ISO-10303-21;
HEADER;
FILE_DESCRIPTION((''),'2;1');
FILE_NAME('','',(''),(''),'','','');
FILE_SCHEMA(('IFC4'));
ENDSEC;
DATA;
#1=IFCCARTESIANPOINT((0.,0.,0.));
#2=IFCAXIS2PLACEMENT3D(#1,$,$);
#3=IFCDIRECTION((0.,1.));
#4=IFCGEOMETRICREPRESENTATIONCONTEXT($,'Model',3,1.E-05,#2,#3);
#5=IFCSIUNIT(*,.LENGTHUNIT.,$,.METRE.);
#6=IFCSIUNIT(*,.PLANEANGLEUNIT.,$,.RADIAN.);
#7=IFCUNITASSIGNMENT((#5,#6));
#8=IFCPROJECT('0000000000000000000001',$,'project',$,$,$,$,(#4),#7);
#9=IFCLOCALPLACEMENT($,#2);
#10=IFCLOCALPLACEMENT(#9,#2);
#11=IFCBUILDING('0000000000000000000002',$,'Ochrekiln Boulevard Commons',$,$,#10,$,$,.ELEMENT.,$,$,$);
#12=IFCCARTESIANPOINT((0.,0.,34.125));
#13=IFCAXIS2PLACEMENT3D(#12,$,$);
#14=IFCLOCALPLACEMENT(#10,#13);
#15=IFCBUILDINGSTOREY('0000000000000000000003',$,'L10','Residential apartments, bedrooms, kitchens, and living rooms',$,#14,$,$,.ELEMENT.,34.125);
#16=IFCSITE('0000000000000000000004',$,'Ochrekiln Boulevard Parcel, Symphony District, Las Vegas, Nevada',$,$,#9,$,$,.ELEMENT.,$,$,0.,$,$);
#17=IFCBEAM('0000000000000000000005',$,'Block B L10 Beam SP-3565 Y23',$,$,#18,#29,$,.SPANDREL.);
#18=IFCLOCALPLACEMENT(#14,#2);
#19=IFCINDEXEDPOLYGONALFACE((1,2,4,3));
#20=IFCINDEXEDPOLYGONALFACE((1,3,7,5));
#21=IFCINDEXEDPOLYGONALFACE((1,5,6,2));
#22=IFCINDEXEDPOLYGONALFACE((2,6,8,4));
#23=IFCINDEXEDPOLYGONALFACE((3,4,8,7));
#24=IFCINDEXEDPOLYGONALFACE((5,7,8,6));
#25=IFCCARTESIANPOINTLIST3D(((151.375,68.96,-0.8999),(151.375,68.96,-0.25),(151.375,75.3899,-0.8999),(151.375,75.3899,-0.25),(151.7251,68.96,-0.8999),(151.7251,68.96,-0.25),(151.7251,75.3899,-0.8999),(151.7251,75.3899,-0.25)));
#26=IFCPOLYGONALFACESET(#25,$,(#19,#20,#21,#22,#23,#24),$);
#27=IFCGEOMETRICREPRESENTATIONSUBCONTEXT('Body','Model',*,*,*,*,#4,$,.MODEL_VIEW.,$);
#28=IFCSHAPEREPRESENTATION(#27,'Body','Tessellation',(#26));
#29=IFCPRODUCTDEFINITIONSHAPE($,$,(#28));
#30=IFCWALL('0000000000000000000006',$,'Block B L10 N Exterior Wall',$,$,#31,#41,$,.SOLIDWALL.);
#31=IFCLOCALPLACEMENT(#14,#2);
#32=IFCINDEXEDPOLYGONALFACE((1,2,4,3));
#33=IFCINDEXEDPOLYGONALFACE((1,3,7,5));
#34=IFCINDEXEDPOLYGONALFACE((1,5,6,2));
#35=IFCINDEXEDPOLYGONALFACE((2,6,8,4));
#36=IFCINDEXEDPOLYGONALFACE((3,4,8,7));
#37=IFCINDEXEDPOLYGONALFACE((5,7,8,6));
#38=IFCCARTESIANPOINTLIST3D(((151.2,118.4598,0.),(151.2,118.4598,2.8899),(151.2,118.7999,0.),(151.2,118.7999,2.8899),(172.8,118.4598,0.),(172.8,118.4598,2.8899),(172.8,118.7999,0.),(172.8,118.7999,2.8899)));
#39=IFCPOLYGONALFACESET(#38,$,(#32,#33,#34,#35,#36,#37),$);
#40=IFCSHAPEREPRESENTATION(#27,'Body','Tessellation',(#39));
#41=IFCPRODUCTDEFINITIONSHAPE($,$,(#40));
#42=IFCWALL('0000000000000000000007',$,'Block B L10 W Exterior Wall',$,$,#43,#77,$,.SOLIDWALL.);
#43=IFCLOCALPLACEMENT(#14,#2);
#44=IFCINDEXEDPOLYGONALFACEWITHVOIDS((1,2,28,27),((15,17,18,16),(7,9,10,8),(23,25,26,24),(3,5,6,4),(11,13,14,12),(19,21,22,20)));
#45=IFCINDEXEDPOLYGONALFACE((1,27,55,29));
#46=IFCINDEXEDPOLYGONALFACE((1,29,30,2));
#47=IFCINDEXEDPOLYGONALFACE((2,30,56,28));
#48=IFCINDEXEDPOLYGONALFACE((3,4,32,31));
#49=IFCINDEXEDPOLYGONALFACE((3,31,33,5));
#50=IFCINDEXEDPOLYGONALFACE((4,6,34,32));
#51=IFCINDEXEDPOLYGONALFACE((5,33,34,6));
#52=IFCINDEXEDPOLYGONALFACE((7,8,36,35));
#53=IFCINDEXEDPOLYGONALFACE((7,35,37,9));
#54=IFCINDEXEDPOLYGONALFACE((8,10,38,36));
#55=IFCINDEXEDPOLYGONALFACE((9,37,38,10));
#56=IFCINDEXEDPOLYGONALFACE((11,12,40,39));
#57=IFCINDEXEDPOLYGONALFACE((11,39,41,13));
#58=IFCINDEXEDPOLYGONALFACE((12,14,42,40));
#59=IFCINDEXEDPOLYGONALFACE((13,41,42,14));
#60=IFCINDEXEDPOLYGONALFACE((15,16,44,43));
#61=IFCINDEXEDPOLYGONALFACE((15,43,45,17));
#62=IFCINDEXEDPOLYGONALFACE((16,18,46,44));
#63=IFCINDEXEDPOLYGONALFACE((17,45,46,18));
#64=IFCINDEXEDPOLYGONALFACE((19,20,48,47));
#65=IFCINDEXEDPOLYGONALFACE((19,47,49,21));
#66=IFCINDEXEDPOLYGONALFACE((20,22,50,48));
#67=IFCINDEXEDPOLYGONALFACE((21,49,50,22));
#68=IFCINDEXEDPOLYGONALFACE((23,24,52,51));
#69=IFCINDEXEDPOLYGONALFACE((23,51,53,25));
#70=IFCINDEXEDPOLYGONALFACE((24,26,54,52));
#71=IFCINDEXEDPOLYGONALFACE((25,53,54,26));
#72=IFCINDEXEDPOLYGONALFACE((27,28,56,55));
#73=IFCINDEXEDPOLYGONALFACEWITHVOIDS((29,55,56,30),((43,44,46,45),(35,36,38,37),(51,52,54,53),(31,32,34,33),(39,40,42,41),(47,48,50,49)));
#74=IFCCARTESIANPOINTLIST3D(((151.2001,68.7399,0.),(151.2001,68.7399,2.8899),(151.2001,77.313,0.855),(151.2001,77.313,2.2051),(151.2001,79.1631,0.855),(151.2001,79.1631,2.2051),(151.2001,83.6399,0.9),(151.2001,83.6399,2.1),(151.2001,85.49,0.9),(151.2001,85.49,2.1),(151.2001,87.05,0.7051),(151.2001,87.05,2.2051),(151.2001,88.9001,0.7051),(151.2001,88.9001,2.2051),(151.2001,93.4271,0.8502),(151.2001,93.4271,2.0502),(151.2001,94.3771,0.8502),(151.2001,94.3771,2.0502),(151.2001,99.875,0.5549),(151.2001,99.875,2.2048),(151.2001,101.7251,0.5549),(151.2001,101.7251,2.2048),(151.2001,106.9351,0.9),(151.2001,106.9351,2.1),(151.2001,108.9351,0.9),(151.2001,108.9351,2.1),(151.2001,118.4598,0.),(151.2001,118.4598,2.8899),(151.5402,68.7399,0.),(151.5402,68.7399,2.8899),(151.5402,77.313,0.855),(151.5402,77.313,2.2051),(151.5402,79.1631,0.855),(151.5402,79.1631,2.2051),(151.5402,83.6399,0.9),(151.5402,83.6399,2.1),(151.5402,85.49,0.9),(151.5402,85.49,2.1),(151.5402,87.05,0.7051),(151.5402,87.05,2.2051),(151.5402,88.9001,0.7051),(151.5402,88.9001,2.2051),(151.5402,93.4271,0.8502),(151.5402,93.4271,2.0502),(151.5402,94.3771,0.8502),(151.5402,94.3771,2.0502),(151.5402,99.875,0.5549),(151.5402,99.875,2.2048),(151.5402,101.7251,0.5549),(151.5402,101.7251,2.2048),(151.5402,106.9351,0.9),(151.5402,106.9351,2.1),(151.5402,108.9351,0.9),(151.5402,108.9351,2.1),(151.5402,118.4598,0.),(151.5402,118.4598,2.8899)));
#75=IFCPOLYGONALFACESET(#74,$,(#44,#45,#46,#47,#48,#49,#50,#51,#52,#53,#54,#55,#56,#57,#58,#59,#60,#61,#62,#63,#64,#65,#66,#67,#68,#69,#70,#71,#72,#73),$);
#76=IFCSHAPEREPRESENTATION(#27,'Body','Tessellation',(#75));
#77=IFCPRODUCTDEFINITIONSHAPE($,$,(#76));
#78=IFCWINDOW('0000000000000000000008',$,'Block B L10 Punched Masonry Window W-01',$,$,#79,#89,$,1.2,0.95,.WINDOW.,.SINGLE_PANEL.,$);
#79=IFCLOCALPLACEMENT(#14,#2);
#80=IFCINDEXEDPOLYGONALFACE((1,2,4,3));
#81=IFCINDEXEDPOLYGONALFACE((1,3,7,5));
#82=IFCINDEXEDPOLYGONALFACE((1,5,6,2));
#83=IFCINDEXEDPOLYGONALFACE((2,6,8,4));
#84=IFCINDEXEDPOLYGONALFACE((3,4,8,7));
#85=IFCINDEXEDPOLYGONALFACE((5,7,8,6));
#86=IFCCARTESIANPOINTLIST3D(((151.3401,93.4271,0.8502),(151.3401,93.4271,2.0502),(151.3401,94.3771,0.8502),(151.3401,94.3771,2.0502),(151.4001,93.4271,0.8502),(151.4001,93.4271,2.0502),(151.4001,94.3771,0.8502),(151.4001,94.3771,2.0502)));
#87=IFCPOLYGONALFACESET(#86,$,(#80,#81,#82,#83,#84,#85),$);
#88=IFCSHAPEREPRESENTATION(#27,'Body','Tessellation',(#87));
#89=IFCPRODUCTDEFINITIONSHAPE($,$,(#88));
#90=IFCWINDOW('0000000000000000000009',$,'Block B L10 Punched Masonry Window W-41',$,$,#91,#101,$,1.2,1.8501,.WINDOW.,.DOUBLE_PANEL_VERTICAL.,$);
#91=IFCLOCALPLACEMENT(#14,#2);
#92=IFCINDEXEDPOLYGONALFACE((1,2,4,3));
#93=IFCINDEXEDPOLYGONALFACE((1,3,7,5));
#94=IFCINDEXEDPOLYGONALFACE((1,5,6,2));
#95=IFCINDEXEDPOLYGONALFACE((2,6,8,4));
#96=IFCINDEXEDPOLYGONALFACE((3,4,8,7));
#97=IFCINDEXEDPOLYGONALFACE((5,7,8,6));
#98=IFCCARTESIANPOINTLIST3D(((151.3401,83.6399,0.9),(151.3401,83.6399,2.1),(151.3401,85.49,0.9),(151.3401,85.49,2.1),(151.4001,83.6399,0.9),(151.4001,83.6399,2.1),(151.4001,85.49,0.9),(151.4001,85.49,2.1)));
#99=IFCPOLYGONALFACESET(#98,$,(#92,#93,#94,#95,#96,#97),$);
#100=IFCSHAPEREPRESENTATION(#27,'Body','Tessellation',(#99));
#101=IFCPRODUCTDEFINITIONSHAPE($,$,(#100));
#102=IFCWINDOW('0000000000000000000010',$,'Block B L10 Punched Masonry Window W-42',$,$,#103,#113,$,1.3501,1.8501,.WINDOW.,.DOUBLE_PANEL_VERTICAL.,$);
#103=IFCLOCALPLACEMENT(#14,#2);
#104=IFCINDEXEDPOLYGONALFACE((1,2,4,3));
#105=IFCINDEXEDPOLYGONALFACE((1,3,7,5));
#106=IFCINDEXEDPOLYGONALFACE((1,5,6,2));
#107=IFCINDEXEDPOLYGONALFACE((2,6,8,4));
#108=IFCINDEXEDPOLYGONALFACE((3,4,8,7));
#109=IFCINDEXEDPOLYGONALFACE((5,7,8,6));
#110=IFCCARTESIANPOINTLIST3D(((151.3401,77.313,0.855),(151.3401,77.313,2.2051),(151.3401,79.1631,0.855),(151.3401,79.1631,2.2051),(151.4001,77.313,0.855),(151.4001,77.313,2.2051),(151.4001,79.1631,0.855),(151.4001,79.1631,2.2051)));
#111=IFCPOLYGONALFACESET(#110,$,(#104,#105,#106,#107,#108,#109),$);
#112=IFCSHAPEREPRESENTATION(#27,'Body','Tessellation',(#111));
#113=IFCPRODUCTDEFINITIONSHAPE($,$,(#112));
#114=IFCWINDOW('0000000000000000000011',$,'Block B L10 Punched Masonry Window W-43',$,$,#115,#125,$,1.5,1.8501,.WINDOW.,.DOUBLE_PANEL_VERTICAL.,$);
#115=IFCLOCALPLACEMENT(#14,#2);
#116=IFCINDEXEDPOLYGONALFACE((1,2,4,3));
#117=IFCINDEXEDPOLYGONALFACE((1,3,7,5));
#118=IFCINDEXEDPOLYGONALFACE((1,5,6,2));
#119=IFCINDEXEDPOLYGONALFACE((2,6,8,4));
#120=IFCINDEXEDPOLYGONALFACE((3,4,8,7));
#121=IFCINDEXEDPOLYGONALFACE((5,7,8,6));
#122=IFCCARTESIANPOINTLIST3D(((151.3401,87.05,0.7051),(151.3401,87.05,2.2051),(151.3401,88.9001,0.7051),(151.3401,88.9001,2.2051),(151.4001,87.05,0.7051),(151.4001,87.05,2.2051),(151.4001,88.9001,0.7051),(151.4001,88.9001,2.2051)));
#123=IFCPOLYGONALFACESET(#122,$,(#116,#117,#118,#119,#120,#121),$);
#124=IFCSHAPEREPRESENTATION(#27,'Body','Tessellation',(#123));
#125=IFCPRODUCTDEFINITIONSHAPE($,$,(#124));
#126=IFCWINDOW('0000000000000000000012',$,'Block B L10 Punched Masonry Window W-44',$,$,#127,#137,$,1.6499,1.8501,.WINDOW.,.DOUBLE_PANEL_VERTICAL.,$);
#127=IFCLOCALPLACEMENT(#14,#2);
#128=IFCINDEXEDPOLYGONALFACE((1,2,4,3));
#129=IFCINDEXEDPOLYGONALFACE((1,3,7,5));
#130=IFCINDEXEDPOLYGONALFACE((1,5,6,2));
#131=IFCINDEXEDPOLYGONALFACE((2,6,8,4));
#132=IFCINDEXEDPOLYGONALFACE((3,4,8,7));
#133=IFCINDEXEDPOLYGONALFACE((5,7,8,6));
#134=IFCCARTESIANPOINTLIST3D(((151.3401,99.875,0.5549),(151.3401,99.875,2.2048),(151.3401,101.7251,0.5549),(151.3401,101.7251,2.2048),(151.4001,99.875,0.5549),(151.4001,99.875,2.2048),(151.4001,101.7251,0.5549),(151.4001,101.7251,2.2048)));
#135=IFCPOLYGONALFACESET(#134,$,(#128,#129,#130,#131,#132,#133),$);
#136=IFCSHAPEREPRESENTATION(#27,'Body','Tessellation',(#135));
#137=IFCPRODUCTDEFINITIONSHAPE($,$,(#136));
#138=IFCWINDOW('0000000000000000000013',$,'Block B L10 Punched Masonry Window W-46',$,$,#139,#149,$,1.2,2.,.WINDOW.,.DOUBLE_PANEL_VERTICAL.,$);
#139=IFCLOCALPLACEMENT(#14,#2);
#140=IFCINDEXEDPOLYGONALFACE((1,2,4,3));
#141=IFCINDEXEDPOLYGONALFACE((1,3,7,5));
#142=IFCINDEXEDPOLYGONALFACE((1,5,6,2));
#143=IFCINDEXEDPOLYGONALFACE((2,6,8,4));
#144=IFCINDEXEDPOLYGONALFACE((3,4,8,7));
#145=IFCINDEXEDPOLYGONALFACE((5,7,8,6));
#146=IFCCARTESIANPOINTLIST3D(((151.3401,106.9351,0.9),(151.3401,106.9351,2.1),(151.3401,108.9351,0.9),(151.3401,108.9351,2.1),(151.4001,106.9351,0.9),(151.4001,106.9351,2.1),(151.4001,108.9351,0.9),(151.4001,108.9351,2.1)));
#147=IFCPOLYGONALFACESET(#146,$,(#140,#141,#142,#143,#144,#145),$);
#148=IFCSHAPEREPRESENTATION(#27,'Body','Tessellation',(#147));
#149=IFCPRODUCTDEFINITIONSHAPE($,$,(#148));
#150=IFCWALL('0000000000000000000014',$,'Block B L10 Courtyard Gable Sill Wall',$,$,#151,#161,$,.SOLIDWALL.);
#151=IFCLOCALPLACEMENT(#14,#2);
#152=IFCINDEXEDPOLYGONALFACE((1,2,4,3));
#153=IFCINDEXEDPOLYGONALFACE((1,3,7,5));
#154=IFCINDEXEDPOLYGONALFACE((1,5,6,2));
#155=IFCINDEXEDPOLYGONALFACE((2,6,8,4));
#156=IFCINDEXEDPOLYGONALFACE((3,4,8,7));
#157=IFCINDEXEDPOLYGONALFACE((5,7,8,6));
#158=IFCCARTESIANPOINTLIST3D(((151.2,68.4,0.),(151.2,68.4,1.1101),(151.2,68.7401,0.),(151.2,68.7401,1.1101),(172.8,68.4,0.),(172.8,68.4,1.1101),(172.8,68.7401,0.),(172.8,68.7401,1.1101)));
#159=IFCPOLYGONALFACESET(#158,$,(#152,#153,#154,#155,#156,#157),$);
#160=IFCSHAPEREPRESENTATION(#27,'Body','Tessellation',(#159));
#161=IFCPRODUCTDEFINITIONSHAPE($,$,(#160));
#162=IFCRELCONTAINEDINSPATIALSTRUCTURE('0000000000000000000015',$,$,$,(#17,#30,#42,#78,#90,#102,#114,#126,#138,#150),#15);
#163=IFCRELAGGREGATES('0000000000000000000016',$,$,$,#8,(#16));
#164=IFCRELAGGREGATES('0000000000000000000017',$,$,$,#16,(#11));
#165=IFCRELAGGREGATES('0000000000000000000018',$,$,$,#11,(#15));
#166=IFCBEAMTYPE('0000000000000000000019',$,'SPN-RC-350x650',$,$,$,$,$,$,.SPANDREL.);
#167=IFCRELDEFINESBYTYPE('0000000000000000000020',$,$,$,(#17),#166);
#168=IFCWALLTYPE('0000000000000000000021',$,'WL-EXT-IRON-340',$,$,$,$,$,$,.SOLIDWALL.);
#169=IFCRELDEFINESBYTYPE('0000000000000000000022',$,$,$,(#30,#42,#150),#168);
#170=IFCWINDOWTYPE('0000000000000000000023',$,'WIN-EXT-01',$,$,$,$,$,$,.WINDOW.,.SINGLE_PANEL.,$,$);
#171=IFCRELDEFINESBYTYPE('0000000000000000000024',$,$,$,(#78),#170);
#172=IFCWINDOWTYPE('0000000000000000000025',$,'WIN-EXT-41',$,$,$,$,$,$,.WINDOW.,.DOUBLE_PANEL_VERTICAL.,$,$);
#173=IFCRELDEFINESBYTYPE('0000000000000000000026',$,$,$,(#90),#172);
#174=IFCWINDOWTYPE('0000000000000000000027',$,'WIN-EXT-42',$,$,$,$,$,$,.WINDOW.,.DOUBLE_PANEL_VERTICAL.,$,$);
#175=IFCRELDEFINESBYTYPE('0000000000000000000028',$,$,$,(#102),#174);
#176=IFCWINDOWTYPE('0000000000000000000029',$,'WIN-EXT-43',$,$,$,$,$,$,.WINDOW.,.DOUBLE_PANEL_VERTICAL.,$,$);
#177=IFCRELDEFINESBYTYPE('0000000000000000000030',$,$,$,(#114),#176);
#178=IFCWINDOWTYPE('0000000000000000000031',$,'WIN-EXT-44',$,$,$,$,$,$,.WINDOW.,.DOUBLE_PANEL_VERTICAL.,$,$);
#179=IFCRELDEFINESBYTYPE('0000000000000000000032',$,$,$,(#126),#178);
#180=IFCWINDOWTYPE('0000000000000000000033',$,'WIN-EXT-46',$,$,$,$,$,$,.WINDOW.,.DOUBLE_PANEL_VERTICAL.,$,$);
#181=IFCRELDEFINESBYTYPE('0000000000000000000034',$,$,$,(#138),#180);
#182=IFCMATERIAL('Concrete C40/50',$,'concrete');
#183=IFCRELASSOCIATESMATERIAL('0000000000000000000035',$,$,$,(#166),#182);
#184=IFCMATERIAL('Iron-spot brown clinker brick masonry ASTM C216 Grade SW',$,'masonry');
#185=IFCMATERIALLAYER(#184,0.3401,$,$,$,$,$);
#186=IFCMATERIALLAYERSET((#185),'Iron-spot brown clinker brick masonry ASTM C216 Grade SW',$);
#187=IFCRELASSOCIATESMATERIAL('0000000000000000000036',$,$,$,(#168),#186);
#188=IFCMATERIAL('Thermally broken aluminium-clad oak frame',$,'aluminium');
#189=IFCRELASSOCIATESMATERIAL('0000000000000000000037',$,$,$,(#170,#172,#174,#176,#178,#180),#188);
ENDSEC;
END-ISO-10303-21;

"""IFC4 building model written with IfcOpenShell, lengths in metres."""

from ifc_helpers import new_model, si_unit, direction, frame, frame_2d, origin, origin_2d, place, context, subcontext, project, spatial, rectangle, extrude, material, layer, layer_set, material_profile, profile_set, type_object, element, fill, save


model = new_model("IFC4")

# Units and contexts
model_context = context("Model", 3, precision=1e-05, world=origin(), true_north=direction((0.0, 1.0)))
body_context = subcontext(model_context, "Body", "Model", "MODEL_VIEW")
ifc_project = project(units=[si_unit("LENGTHUNIT", "METRE"), si_unit("PLANEANGLEUNIT", "RADIAN")], contexts=[model_context])

# Site, building, storey
site_placement = place(None, origin())
site = spatial("IfcSite", under=ifc_project, at=site_placement, Name="Ochrekiln Boulevard Parcel, Symphony District, Las Vegas, Nevada", CompositionType="ELEMENT", RefElevation=0.0)
building_placement = place(site_placement, origin())
building = spatial("IfcBuilding", under=site, at=building_placement, Name="Ochrekiln Boulevard Commons", CompositionType="ELEMENT")
storey_placement = place(building_placement, frame((0.0, 0.0, 34.125)))
storey = spatial("IfcBuildingStorey", under=building, at=storey_placement, Name="L10", Description="Residential apartments, bedrooms, kitchens, and living rooms", CompositionType="ELEMENT", Elevation=34.125)

# Beam
ifc_material_1 = material(Name="Concrete C40/50", Category="concrete")
ifc_material_profile = material_profile(ifc_material_1, rectangle(XDim=0.3501, YDim=0.6499, at=origin_2d()), Name="RC-SPN-350x650")
ifc_profile_set = profile_set([ifc_material_profile], Name="Concrete C40/50")
beam_type = type_object("IfcBeamType", Name="SPN-RC-350x650", PredefinedType="SPANDREL", material=ifc_profile_set)
beam_placement = place(storey_placement, frame((151.55, 68.96, -0.575), z_axis=(0.0, 1.0, 0.0), x_axis=(-1.0, 0.0, 0.0)))
element("IfcBeam", 1, at=beam_placement, inside=storey, type_object=beam_type, Name="Block B L10 Beam SP-3565 Y23", PredefinedType="SPANDREL", context=body_context, shape_type="SweptSolid", body=[
    extrude(rectangle(XDim=0.3501, YDim=0.6499, at=origin_2d()), origin(), (0.0, 0.0, 1.0), 6.4299),
])

# Wall
ifc_material_2 = material(Name="Iron-spot brown clinker brick masonry ASTM C216 Grade SW", Category="masonry")
ifc_layer_1 = layer(ifc_material_2, 0.3401)
ifc_layer_set_1 = layer_set([ifc_layer_1], Name="Iron-spot brown clinker brick masonry ASTM C216 Grade SW")
wall_type_1 = type_object("IfcWallType", Name="WL-EXT-IRON-340", PredefinedType="SOLIDWALL", material=ifc_layer_set_1)
wall_1_placement = place(storey_placement, frame((151.2, 118.6299, 0.0), z_axis=(0.0, 0.0, 1.0), x_axis=(1.0, 0.0, 0.0)))
element("IfcWall", 2, at=wall_1_placement, inside=storey, type_object=wall_type_1, Name="Block B L10 N Exterior Wall", PredefinedType="SOLIDWALL", context=body_context, shape_type="SweptSolid", body=[
    extrude(rectangle(XDim=21.6001, YDim=0.3401, at=frame_2d((10.8, 0.0))), origin(), (0.0, 0.0, 1.0), 2.8899),
])

# Wall, openings, windows
wall_2_placement = place(storey_placement, frame((151.3701, 68.74, 0.0), z_axis=(0.0, 0.0, 1.0), x_axis=(0.0, 1.0, 0.0)))
wall_2 = element("IfcWall", 3, at=wall_2_placement, inside=storey, type_object=wall_type_1, Name="Block B L10 W Exterior Wall", PredefinedType="SOLIDWALL", context=body_context, shape_type="SweptSolid", body=[
    extrude(rectangle(XDim=49.72, YDim=0.3401, at=frame_2d((24.8599, 0.0))), origin(), (0.0, 0.0, 1.0), 2.8899),
])
opening_1_placement = place(wall_2_placement, frame((14.8999, 0.0, 0.8999)))
opening_1 = element("IfcOpeningElement", 4, at=opening_1_placement, cuts=wall_2, PredefinedType="OPENING", context=body_context, shape_type="SweptSolid", body=[
    extrude(rectangle(XDim=1.8501, YDim=1.2, at=frame_2d((0.925, 0.6001))), frame((0.0, 0.1799, 0.0), z_axis=(0.0, -1.0, 0.0), x_axis=(1.0, 0.0, 0.0)), (0.0, 0.0, 1.0), 0.3601),
])
opening_2_placement = place(wall_2_placement, frame((8.573, 0.0, 0.855)))
opening_2 = element("IfcOpeningElement", 5, at=opening_2_placement, cuts=wall_2, PredefinedType="OPENING", context=body_context, shape_type="SweptSolid", body=[
    extrude(rectangle(XDim=1.8501, YDim=1.3501, at=frame_2d((0.925, 0.675))), frame((0.0, 0.1799, 0.0), z_axis=(0.0, -1.0, 0.0), x_axis=(1.0, 0.0, 0.0)), (0.0, 0.0, 1.0), 0.3601),
])
opening_3_placement = place(wall_2_placement, frame((18.3101, 0.0, 0.7051)))
opening_3 = element("IfcOpeningElement", 6, at=opening_3_placement, cuts=wall_2, PredefinedType="OPENING", context=body_context, shape_type="SweptSolid", body=[
    extrude(rectangle(XDim=1.8501, YDim=1.5, at=frame_2d((0.925, 0.75))), frame((0.0, 0.1799, 0.0), z_axis=(0.0, -1.0, 0.0), x_axis=(1.0, 0.0, 0.0)), (0.0, 0.0, 1.0), 0.3601),
])
opening_4_placement = place(wall_2_placement, frame((31.135, 0.0, 0.5549)))
opening_4 = element("IfcOpeningElement", 7, at=opening_4_placement, cuts=wall_2, PredefinedType="OPENING", context=body_context, shape_type="SweptSolid", body=[
    extrude(rectangle(XDim=1.8501, YDim=1.6499, at=frame_2d((0.925, 0.825))), frame((0.0, 0.1799, 0.0), z_axis=(0.0, -1.0, 0.0), x_axis=(1.0, 0.0, 0.0)), (0.0, 0.0, 1.0), 0.3601),
])
opening_5_placement = place(wall_2_placement, frame((24.687, 0.0, 0.8501)))
opening_5 = element("IfcOpeningElement", 8, at=opening_5_placement, cuts=wall_2, PredefinedType="OPENING", context=body_context, shape_type="SweptSolid", body=[
    extrude(rectangle(XDim=0.95, YDim=1.2, at=frame_2d((0.4751, 0.6001))), frame((0.0, 0.1799, 0.0), z_axis=(0.0, -1.0, 0.0), x_axis=(1.0, 0.0, 0.0)), (0.0, 0.0, 1.0), 0.3601),
])
opening_6_placement = place(wall_2_placement, frame((38.1951, 0.0, 0.8999)))
opening_6 = element("IfcOpeningElement", 9, at=opening_6_placement, cuts=wall_2, PredefinedType="OPENING", context=body_context, shape_type="SweptSolid", body=[
    extrude(rectangle(XDim=2.0, YDim=1.2, at=frame_2d((1.0, 0.6001))), frame((0.0, 0.1799, 0.0), z_axis=(0.0, -1.0, 0.0), x_axis=(1.0, 0.0, 0.0)), (0.0, 0.0, 1.0), 0.3601),
])
ifc_material_3 = material(Name="Thermally broken aluminium-clad oak frame", Category="aluminium")
window_type_1 = type_object("IfcWindowType", Name="WIN-EXT-01", PartitioningType="SINGLE_PANEL", PredefinedType="WINDOW", material=ifc_material_3)
window_1_placement = place(opening_5_placement, origin())
window_1 = element("IfcWindow", 10, at=window_1_placement, inside=storey, type_object=window_type_1, Name="Block B L10 Punched Masonry Window W-01", OverallHeight=1.2, OverallWidth=0.95, PartitioningType="SINGLE_PANEL", PredefinedType="WINDOW", context=body_context, shape_type="SweptSolid", body=[
    extrude(rectangle(XDim=0.95, YDim=1.2, at=frame_2d((0.4751, 0.6001))), frame((0.0, 0.03, 0.0), z_axis=(0.0, -1.0, 0.0), x_axis=(1.0, 0.0, 0.0)), (0.0, 0.0, 1.0), 0.0601),
])
fill(opening_5, window_1)
window_type_2 = type_object("IfcWindowType", Name="WIN-EXT-41", PartitioningType="DOUBLE_PANEL_VERTICAL", PredefinedType="WINDOW", material=ifc_material_3)
window_2_placement = place(opening_1_placement, origin())
window_2 = element("IfcWindow", 11, at=window_2_placement, inside=storey, type_object=window_type_2, Name="Block B L10 Punched Masonry Window W-41", OverallHeight=1.2, OverallWidth=1.8501, PartitioningType="DOUBLE_PANEL_VERTICAL", PredefinedType="WINDOW", context=body_context, shape_type="SweptSolid", body=[
    extrude(rectangle(XDim=1.8501, YDim=1.2, at=frame_2d((0.925, 0.6001))), frame((0.0, 0.03, 0.0), z_axis=(0.0, -1.0, 0.0), x_axis=(1.0, 0.0, 0.0)), (0.0, 0.0, 1.0), 0.0601),
])
fill(opening_1, window_2)
window_type_3 = type_object("IfcWindowType", Name="WIN-EXT-42", PartitioningType="DOUBLE_PANEL_VERTICAL", PredefinedType="WINDOW", material=ifc_material_3)
window_3_placement = place(opening_2_placement, origin())
window_3 = element("IfcWindow", 12, at=window_3_placement, inside=storey, type_object=window_type_3, Name="Block B L10 Punched Masonry Window W-42", OverallHeight=1.3501, OverallWidth=1.8501, PartitioningType="DOUBLE_PANEL_VERTICAL", PredefinedType="WINDOW", context=body_context, shape_type="SweptSolid", body=[
    extrude(rectangle(XDim=1.8501, YDim=1.3501, at=frame_2d((0.925, 0.675))), frame((0.0, 0.03, 0.0), z_axis=(0.0, -1.0, 0.0), x_axis=(1.0, 0.0, 0.0)), (0.0, 0.0, 1.0), 0.0601),
])
fill(opening_2, window_3)
window_type_4 = type_object("IfcWindowType", Name="WIN-EXT-43", PartitioningType="DOUBLE_PANEL_VERTICAL", PredefinedType="WINDOW", material=ifc_material_3)
window_4_placement = place(opening_3_placement, origin())
window_4 = element("IfcWindow", 13, at=window_4_placement, inside=storey, type_object=window_type_4, Name="Block B L10 Punched Masonry Window W-43", OverallHeight=1.5, OverallWidth=1.8501, PartitioningType="DOUBLE_PANEL_VERTICAL", PredefinedType="WINDOW", context=body_context, shape_type="SweptSolid", body=[
    extrude(rectangle(XDim=1.8501, YDim=1.5, at=frame_2d((0.925, 0.75))), frame((0.0, 0.03, 0.0), z_axis=(0.0, -1.0, 0.0), x_axis=(1.0, 0.0, 0.0)), (0.0, 0.0, 1.0), 0.0601),
])
fill(opening_3, window_4)
window_type_5 = type_object("IfcWindowType", Name="WIN-EXT-44", PartitioningType="DOUBLE_PANEL_VERTICAL", PredefinedType="WINDOW", material=ifc_material_3)
window_5_placement = place(opening_4_placement, origin())
window_5 = element("IfcWindow", 14, at=window_5_placement, inside=storey, type_object=window_type_5, Name="Block B L10 Punched Masonry Window W-44", OverallHeight=1.6499, OverallWidth=1.8501, PartitioningType="DOUBLE_PANEL_VERTICAL", PredefinedType="WINDOW", context=body_context, shape_type="SweptSolid", body=[
    extrude(rectangle(XDim=1.8501, YDim=1.6499, at=frame_2d((0.925, 0.825))), frame((0.0, 0.03, 0.0), z_axis=(0.0, -1.0, 0.0), x_axis=(1.0, 0.0, 0.0)), (0.0, 0.0, 1.0), 0.0601),
])
fill(opening_4, window_5)
window_type_6 = type_object("IfcWindowType", Name="WIN-EXT-46", PartitioningType="DOUBLE_PANEL_VERTICAL", PredefinedType="WINDOW", material=ifc_material_3)
window_6_placement = place(opening_6_placement, origin())
window_6 = element("IfcWindow", 15, at=window_6_placement, inside=storey, type_object=window_type_6, Name="Block B L10 Punched Masonry Window W-46", OverallHeight=1.2, OverallWidth=2.0, PartitioningType="DOUBLE_PANEL_VERTICAL", PredefinedType="WINDOW", context=body_context, shape_type="SweptSolid", body=[
    extrude(rectangle(XDim=2.0, YDim=1.2, at=frame_2d((1.0, 0.6001))), frame((0.0, 0.03, 0.0), z_axis=(0.0, -1.0, 0.0), x_axis=(1.0, 0.0, 0.0)), (0.0, 0.0, 1.0), 0.0601),
])
fill(opening_6, window_6)

# Wall
wall_3_placement = place(storey_placement, frame((151.2, 68.5701, 0.0), z_axis=(0.0, 0.0, 1.0), x_axis=(1.0, 0.0, 0.0)))
element("IfcWall", 16, at=wall_3_placement, inside=storey, type_object=wall_type_1, Name="Block B L10 Courtyard Gable Sill Wall", PredefinedType="SOLIDWALL", context=body_context, shape_type="SweptSolid", body=[
    extrude(rectangle(XDim=21.6001, YDim=0.3401, at=frame_2d((10.8, 0.0))), origin(), (0.0, 0.0, 1.0), 1.1101),
])

save(model, "model.ifc")
